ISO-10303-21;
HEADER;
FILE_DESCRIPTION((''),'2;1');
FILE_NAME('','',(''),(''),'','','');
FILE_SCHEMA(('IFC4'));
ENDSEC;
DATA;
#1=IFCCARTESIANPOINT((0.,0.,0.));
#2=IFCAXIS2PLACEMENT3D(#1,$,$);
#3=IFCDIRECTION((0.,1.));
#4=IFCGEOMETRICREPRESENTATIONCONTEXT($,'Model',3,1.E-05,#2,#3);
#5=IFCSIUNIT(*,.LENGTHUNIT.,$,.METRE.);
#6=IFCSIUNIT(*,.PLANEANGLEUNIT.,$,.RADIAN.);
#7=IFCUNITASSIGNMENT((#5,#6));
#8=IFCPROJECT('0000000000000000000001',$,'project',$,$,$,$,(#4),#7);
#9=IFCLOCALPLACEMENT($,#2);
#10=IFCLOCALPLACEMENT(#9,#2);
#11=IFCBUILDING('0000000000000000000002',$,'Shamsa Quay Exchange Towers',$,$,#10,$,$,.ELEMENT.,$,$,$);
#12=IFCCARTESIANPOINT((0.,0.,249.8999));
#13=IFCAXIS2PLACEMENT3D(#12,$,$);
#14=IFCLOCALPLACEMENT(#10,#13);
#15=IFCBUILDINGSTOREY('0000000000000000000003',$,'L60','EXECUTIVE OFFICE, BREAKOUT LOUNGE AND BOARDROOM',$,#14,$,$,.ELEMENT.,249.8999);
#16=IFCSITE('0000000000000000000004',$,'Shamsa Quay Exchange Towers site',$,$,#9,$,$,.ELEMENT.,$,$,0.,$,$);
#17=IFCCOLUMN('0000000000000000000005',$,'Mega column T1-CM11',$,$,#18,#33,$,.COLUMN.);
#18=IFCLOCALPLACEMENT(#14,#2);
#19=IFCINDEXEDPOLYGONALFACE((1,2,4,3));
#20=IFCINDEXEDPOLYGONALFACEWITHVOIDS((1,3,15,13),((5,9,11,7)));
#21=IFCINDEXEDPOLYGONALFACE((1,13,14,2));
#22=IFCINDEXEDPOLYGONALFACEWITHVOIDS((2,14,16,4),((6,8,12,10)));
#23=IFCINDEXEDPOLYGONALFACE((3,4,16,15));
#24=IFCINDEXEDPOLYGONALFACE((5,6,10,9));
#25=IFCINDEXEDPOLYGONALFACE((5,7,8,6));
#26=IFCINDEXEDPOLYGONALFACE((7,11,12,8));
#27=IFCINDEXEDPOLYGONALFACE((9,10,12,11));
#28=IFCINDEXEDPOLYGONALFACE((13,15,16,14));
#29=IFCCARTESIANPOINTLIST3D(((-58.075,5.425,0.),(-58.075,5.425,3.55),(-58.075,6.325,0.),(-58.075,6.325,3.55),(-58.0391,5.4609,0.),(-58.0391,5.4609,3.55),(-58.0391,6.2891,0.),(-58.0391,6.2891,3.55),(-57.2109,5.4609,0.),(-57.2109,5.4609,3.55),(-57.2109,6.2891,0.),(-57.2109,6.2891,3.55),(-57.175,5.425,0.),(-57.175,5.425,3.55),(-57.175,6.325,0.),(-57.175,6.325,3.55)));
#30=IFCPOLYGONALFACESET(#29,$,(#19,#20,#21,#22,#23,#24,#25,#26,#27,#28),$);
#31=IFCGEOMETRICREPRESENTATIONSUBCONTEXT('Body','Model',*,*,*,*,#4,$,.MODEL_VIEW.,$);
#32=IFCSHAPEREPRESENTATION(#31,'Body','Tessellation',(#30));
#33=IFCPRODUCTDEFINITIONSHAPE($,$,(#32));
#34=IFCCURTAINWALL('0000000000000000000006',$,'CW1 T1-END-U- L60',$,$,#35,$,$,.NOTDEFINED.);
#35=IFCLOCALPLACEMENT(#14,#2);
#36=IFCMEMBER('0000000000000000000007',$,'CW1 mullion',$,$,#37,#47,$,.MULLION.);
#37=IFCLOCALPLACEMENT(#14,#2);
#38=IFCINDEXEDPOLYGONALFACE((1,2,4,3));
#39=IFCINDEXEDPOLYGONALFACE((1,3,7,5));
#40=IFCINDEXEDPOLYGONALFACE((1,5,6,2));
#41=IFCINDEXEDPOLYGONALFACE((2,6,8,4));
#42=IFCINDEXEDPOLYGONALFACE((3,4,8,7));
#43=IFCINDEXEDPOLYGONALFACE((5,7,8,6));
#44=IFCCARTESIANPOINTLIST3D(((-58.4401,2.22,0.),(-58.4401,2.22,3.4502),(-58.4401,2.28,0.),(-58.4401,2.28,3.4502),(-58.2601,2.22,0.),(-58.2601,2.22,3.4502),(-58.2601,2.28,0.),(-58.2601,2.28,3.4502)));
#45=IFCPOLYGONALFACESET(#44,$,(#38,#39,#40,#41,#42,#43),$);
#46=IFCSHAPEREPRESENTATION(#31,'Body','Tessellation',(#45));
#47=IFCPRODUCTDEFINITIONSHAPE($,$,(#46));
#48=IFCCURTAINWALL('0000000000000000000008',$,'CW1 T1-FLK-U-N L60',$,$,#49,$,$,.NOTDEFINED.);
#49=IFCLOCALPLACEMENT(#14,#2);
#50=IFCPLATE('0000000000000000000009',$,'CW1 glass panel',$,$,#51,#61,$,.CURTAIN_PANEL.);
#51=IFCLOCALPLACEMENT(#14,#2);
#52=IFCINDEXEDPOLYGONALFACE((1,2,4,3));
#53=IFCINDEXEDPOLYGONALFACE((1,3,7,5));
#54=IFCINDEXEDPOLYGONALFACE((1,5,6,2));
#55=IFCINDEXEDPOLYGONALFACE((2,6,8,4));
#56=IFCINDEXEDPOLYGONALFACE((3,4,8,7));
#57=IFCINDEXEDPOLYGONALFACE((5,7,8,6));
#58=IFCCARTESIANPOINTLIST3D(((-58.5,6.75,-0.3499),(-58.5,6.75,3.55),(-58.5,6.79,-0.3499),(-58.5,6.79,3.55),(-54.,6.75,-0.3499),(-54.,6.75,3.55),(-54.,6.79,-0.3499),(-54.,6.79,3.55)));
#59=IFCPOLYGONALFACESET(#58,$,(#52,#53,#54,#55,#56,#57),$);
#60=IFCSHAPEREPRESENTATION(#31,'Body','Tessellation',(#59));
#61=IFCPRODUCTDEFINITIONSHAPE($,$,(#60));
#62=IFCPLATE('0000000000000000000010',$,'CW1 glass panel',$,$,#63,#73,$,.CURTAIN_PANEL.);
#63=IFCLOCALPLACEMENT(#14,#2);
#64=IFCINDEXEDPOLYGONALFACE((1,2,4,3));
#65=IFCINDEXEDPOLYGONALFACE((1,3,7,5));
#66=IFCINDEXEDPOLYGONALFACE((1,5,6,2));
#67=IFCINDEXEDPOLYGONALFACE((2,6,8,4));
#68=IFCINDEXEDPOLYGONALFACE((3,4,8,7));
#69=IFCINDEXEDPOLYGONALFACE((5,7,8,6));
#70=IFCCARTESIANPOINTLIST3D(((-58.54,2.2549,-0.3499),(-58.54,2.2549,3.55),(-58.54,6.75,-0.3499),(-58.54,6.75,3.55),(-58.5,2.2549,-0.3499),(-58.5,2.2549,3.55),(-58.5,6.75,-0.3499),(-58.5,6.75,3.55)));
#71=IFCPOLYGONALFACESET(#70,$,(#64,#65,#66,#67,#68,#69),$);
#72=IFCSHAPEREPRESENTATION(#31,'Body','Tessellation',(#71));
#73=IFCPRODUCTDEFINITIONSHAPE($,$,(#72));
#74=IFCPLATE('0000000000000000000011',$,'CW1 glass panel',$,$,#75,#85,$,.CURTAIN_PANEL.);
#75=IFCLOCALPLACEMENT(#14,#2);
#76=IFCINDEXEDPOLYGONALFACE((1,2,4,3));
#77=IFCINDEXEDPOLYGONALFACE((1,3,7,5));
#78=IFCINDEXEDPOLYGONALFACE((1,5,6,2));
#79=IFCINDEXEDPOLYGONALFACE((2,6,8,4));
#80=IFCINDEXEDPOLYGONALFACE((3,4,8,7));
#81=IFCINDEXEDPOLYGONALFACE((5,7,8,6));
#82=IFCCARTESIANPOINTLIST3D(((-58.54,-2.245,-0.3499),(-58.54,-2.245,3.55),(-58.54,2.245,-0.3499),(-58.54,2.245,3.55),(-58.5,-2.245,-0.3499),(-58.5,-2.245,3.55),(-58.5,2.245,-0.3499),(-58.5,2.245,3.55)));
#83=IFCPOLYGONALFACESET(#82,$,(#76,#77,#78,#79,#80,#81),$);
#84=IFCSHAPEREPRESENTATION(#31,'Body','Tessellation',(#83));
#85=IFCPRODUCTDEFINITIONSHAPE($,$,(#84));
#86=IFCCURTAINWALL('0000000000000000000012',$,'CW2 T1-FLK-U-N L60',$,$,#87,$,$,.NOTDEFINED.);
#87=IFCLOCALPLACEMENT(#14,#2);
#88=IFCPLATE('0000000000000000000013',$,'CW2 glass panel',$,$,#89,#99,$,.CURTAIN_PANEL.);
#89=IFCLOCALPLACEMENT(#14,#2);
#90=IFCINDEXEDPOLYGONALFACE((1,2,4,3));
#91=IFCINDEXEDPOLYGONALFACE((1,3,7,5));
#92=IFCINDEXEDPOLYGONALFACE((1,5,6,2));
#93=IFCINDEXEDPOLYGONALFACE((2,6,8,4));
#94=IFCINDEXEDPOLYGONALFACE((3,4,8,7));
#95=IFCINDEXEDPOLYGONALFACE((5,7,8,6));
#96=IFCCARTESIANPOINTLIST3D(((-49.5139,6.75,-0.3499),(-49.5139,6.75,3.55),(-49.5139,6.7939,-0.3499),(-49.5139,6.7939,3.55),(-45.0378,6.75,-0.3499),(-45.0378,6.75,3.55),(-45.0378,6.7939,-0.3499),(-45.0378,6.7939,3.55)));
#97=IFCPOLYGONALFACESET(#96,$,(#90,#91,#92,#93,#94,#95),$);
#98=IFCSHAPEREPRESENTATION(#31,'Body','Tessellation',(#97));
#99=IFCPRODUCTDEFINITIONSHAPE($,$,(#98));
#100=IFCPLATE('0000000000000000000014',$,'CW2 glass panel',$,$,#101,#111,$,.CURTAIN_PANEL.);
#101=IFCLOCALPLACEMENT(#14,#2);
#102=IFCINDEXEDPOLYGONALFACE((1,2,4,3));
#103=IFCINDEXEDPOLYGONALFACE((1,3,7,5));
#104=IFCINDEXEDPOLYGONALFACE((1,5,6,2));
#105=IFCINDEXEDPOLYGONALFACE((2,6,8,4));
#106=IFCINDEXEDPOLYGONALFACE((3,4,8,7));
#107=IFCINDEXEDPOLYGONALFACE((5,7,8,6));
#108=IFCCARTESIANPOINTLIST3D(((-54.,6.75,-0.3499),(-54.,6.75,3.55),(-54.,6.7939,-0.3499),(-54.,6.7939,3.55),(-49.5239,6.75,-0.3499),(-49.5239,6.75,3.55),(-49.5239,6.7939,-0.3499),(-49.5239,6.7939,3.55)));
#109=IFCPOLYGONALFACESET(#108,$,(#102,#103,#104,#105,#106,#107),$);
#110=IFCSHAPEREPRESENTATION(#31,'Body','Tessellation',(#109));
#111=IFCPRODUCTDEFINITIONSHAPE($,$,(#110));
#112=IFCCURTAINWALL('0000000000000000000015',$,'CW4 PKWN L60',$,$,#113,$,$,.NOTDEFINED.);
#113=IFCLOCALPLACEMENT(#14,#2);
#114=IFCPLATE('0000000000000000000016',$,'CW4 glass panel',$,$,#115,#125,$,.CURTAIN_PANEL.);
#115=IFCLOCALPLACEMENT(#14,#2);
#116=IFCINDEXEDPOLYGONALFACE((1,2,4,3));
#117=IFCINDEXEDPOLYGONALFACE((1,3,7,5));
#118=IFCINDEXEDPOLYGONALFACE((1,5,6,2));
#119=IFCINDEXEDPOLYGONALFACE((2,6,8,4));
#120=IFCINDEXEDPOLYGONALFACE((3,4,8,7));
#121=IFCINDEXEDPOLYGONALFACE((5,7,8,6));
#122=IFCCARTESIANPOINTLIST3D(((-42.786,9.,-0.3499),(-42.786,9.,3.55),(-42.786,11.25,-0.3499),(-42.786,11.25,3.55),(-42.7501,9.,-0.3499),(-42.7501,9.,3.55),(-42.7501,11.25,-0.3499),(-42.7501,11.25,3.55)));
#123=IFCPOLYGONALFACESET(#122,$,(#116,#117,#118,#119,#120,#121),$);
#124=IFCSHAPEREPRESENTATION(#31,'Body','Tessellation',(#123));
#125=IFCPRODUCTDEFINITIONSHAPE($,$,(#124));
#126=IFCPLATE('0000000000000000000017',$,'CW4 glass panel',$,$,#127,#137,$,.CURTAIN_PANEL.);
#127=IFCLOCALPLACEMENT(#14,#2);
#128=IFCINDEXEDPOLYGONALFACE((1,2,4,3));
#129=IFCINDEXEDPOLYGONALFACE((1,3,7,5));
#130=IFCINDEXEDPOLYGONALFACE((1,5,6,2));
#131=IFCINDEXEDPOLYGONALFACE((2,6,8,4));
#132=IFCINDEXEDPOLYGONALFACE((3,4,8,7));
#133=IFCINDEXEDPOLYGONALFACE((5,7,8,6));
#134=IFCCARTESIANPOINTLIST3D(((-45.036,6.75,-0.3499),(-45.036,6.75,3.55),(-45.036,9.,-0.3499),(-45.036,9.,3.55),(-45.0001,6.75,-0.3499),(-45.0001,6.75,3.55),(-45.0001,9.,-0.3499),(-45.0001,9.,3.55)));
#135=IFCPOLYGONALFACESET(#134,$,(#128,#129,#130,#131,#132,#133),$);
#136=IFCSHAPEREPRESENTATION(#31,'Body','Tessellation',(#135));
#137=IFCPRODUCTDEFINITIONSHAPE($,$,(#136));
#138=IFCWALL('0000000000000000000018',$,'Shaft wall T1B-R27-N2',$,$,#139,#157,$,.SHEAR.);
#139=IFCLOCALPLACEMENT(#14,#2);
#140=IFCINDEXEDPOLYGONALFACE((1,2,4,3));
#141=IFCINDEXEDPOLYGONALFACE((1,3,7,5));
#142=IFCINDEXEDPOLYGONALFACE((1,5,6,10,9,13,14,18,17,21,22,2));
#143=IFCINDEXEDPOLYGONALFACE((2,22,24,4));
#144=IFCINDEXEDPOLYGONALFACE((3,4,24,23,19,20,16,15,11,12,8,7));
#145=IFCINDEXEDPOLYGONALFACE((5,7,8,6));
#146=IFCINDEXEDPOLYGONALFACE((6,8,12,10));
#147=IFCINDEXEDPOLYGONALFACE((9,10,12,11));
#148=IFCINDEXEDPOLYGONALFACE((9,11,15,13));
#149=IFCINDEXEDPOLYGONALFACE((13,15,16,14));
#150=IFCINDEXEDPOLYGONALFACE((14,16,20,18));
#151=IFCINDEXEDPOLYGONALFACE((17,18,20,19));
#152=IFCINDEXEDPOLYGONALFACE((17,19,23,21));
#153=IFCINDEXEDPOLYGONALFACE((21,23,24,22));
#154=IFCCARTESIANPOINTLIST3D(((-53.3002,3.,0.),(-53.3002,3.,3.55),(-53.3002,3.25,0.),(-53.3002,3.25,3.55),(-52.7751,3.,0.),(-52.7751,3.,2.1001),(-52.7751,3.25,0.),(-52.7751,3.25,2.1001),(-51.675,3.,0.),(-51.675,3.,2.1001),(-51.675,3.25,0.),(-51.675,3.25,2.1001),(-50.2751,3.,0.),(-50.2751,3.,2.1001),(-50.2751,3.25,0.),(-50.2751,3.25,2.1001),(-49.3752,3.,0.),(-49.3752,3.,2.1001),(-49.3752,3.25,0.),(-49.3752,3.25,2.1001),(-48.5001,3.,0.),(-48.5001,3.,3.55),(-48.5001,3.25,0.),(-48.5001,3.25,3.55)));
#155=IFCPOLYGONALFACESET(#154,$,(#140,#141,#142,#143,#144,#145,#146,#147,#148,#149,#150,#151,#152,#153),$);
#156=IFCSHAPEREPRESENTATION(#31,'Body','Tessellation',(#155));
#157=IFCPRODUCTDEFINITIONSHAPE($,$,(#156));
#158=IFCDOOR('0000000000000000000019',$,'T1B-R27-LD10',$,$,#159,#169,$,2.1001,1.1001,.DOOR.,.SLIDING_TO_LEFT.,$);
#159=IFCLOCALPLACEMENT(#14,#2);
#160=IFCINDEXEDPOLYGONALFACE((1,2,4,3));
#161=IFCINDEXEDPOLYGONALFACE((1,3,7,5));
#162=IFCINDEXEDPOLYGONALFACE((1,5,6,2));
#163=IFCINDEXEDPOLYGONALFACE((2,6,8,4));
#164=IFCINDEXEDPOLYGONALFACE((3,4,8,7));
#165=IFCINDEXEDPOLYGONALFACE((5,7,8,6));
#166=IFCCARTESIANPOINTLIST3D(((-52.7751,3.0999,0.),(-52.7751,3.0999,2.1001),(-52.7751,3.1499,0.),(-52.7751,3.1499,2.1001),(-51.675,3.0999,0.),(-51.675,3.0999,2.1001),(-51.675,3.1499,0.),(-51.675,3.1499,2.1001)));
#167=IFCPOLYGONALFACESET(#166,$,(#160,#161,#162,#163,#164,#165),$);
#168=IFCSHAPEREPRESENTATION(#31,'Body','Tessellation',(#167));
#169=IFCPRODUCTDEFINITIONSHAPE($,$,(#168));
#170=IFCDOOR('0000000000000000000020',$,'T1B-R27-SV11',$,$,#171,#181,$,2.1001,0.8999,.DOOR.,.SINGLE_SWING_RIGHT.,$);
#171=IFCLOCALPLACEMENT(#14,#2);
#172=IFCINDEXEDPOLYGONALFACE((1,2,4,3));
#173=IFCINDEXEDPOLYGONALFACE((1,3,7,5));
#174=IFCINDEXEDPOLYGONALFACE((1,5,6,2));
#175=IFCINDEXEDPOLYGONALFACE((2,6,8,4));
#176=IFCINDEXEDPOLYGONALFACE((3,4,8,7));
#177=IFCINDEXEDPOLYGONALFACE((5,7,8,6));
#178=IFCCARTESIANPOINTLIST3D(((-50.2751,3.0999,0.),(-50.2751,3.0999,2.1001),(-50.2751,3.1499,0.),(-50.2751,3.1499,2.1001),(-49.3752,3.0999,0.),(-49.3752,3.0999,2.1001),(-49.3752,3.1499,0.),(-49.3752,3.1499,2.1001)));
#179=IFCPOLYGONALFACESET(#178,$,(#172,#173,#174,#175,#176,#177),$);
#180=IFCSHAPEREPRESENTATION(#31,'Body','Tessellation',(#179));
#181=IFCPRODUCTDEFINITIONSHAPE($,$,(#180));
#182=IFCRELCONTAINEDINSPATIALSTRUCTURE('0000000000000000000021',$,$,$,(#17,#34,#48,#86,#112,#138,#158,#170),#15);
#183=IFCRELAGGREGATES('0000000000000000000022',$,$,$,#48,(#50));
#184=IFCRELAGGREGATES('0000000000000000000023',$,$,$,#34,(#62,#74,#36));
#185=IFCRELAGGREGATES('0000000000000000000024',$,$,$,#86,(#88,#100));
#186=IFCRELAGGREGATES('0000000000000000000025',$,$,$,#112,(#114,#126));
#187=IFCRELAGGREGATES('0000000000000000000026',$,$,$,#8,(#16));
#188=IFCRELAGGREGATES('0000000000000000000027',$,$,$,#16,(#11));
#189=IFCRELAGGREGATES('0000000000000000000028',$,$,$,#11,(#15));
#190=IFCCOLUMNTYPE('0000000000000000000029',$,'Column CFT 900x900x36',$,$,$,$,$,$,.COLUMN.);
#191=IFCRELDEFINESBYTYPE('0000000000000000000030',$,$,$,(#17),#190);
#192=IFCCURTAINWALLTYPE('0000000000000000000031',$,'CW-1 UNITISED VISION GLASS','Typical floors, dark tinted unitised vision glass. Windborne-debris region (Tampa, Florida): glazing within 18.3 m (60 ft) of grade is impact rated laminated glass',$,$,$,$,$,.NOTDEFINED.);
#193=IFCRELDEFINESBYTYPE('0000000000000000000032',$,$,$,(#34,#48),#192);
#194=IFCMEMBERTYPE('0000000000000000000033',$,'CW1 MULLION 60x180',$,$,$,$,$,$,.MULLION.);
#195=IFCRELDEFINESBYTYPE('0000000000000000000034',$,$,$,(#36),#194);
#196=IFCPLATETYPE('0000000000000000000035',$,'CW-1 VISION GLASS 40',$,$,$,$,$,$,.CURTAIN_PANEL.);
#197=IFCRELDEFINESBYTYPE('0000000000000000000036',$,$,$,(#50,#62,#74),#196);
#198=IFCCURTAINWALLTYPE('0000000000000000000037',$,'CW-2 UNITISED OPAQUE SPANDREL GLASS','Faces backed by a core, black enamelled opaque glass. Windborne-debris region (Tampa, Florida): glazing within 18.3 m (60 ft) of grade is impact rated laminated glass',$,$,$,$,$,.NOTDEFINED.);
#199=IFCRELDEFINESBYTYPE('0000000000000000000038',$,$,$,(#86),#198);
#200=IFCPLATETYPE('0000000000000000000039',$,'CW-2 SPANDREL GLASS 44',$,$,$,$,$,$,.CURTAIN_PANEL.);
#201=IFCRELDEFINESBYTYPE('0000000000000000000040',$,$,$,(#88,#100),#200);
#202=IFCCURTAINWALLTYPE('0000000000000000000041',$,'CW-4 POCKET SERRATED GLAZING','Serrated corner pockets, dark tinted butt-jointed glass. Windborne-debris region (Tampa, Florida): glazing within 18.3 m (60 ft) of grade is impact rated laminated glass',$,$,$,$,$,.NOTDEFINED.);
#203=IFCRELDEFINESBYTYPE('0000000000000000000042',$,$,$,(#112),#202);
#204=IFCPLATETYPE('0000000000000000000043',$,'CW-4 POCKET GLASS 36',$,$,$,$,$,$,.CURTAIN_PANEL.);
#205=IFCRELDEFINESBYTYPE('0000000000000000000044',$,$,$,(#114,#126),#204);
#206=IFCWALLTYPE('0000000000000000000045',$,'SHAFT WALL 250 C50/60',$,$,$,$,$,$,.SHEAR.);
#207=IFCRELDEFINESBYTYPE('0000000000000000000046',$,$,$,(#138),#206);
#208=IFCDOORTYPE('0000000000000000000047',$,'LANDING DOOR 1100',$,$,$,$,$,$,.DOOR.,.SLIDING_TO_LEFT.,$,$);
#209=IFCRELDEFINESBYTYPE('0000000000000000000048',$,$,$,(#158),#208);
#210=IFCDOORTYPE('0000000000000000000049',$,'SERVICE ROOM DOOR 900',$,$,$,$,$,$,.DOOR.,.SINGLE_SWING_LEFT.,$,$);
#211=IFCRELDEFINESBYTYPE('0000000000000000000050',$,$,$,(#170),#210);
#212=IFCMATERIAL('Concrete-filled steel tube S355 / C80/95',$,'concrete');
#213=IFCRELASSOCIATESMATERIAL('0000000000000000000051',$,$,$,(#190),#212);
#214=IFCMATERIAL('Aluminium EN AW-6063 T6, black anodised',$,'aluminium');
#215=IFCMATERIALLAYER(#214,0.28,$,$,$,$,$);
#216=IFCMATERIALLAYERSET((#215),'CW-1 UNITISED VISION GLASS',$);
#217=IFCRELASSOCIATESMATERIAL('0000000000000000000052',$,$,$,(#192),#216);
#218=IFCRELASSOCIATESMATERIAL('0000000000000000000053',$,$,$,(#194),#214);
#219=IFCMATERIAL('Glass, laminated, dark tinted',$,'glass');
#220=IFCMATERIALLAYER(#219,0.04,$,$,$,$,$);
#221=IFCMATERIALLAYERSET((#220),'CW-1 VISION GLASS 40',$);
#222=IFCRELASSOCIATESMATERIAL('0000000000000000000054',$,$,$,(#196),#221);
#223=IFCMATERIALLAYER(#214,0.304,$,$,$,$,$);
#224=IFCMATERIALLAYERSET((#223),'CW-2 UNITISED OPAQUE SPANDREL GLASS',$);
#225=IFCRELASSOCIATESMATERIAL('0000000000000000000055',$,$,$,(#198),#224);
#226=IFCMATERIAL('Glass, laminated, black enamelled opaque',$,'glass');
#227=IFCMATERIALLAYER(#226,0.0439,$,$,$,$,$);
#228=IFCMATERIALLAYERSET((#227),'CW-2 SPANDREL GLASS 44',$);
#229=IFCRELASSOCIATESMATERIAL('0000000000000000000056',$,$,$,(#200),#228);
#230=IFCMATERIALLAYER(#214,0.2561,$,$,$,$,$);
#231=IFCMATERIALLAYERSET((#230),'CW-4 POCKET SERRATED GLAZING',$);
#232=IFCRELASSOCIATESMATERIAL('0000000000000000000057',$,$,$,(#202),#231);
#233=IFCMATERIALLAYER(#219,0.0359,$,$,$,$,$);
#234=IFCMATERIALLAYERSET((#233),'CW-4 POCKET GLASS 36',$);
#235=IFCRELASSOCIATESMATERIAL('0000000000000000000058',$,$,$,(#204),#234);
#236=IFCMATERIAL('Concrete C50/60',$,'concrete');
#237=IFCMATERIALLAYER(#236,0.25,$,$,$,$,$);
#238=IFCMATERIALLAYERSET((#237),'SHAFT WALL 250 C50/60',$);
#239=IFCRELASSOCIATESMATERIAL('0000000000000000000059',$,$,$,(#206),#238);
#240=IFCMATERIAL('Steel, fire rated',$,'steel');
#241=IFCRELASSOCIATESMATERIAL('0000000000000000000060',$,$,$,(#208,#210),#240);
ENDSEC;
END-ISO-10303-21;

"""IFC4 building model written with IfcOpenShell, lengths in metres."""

from ifc_helpers import new_model, si_unit, direction, frame, frame_2d, origin, origin_2d, place, context, subcontext, project, spatial, rectangle, hollow_rectangle, extrude, material, layer, layer_set, material_profile, profile_set, type_object, element, fill, aggregate, save


model = new_model("IFC4")

# Units and contexts
model_context = context("Model", 3, precision=1e-05, world=origin(), true_north=direction((0.0, 1.0)))
body_context = subcontext(model_context, "Body", "Model", "MODEL_VIEW")
ifc_project = project(units=[si_unit("LENGTHUNIT", "METRE"), si_unit("PLANEANGLEUNIT", "RADIAN")], contexts=[model_context])

# Site, building, storey
site_placement = place(None, origin())
site = spatial("IfcSite", under=ifc_project, at=site_placement, Name="Shamsa Quay Exchange Towers site", CompositionType="ELEMENT", RefElevation=0.0)
building_placement = place(site_placement, origin())
building = spatial("IfcBuilding", under=site, at=building_placement, Name="Shamsa Quay Exchange Towers", CompositionType="ELEMENT")
storey_placement = place(building_placement, frame((0.0, 0.0, 249.8999)))
storey = spatial("IfcBuildingStorey", under=building, at=storey_placement, Name="L60", Description="EXECUTIVE OFFICE, BREAKOUT LOUNGE AND BOARDROOM", CompositionType="ELEMENT", Elevation=249.8999)

# Column
ifc_material_1 = material(Name="Concrete-filled steel tube S355 / C80/95", Category="concrete")
ifc_material_profile_1 = material_profile(ifc_material_1, hollow_rectangle(XDim=0.8999, YDim=0.8999, WallThickness=0.0359, at=origin_2d()), Name="CFT 900x900x36")
ifc_profile_set_1 = profile_set([ifc_material_profile_1], Name="Concrete-filled steel tube S355 / C80/95")
column_type = type_object("IfcColumnType", Name="Column CFT 900x900x36", PredefinedType="COLUMN", material=ifc_profile_set_1)
column_placement = place(storey_placement, frame((-57.625, 5.875, 0.0)))
element("IfcColumn", 1, at=column_placement, inside=storey, type_object=column_type, Name="Mega column T1-CM11", PredefinedType="COLUMN", context=body_context, shape_type="SweptSolid", body=[
    extrude(hollow_rectangle(XDim=0.8999, YDim=0.8999, WallThickness=0.0359, at=origin_2d()), origin(), (0.0, 0.0, 1.0), 3.55),
])

# Curtain wall, member
ifc_material_2 = material(Name="Aluminium EN AW-6063 T6, black anodised", Category="aluminium")
ifc_layer_1 = layer(ifc_material_2, 0.28)
ifc_layer_set_1 = layer_set([ifc_layer_1], Name="CW-1 UNITISED VISION GLASS")
curtain_wall_type_1 = type_object("IfcCurtainWallType", Name="CW-1 UNITISED VISION GLASS", Description="Typical floors, dark tinted unitised vision glass. Windborne-debris region (Tampa, Florida): glazing within 18.3 m (60 ft) of grade is impact rated laminated glass", PredefinedType="NOTDEFINED", material=ifc_layer_set_1)
curtain_wall_1_placement = place(storey_placement, origin())
curtain_wall_1 = element("IfcCurtainWall", 2, at=curtain_wall_1_placement, inside=storey, type_object=curtain_wall_type_1, Name="CW1 T1-END-U- L60", PredefinedType="NOTDEFINED")
ifc_material_profile_2 = material_profile(ifc_material_2, rectangle(XDim=0.1799, YDim=0.0601, at=origin_2d()), Name="MU60x180")
ifc_profile_set_2 = profile_set([ifc_material_profile_2], Name="Aluminium EN AW-6063 T6, black anodised")
member_type = type_object("IfcMemberType", Name="CW1 MULLION 60x180", PredefinedType="MULLION", material=ifc_profile_set_2)
member_placement = place(storey_placement, frame((-58.3501, 2.25, 0.0)))
member = element("IfcMember", 3, at=member_placement, type_object=member_type, Name="CW1 mullion", PredefinedType="MULLION", context=body_context, shape_type="SweptSolid", body=[
    extrude(rectangle(XDim=0.1799, YDim=0.0601, at=origin_2d()), origin(), (0.0, 0.0, 1.0), 3.4502),
])

# Curtain wall, plate
curtain_wall_2_placement = place(storey_placement, origin())
curtain_wall_2 = element("IfcCurtainWall", 4, at=curtain_wall_2_placement, inside=storey, type_object=curtain_wall_type_1, Name="CW1 T1-FLK-U-N L60", PredefinedType="NOTDEFINED")
ifc_material_3 = material(Name="Glass, laminated, dark tinted", Category="glass")
ifc_layer_2 = layer(ifc_material_3, 0.04)
ifc_layer_set_2 = layer_set([ifc_layer_2], Name="CW-1 VISION GLASS 40")
plate_type_1 = type_object("IfcPlateType", Name="CW-1 VISION GLASS 40", PredefinedType="CURTAIN_PANEL", material=ifc_layer_set_2)
plate_1_placement = place(storey_placement, frame((-56.25, 6.77, -0.3499), z_axis=(0.0, 0.0, 1.0), x_axis=(-1.0, 0.0, 0.0)))
plate_1 = element("IfcPlate", 5, at=plate_1_placement, type_object=plate_type_1, Name="CW1 glass panel", PredefinedType="CURTAIN_PANEL", context=body_context, shape_type="SweptSolid", body=[
    extrude(rectangle(XDim=4.5, YDim=0.04, at=origin_2d()), origin(), (0.0, 0.0, 1.0), 3.8999),
])
aggregate(curtain_wall_2, [plate_1])

# Plates
plate_2_placement = place(storey_placement, frame((-58.52, 4.5024, -0.3499), z_axis=(0.0, 0.0, 1.0), x_axis=(0.0, -1.0, 0.0)))
plate_2 = element("IfcPlate", 6, at=plate_2_placement, type_object=plate_type_1, Name="CW1 glass panel", PredefinedType="CURTAIN_PANEL", context=body_context, shape_type="SweptSolid", body=[
    extrude(rectangle(XDim=4.4951, YDim=0.04, at=origin_2d()), origin(), (0.0, 0.0, 1.0), 3.8999),
])
plate_3_placement = place(storey_placement, frame((-58.52, 0.0, -0.3499), z_axis=(0.0, 0.0, 1.0), x_axis=(0.0, -1.0, 0.0)))
plate_3 = element("IfcPlate", 7, at=plate_3_placement, type_object=plate_type_1, Name="CW1 glass panel", PredefinedType="CURTAIN_PANEL", context=body_context, shape_type="SweptSolid", body=[
    extrude(rectangle(XDim=4.49, YDim=0.04, at=origin_2d()), origin(), (0.0, 0.0, 1.0), 3.8999),
])
aggregate(curtain_wall_1, [plate_2, plate_3, member])

# Curtain walls, plates
ifc_layer_3 = layer(ifc_material_2, 0.304)
ifc_layer_set_3 = layer_set([ifc_layer_3], Name="CW-2 UNITISED OPAQUE SPANDREL GLASS")
curtain_wall_type_2 = type_object("IfcCurtainWallType", Name="CW-2 UNITISED OPAQUE SPANDREL GLASS", Description="Faces backed by a core, black enamelled opaque glass. Windborne-debris region (Tampa, Florida): glazing within 18.3 m (60 ft) of grade is impact rated laminated glass", PredefinedType="NOTDEFINED", material=ifc_layer_set_3)
curtain_wall_3_placement = place(storey_placement, origin())
curtain_wall_3 = element("IfcCurtainWall", 8, at=curtain_wall_3_placement, inside=storey, type_object=curtain_wall_type_2, Name="CW2 T1-FLK-U-N L60", PredefinedType="NOTDEFINED")
ifc_material_4 = material(Name="Glass, laminated, black enamelled opaque", Category="glass")
ifc_layer_4 = layer(ifc_material_4, 0.0439)
ifc_layer_set_4 = layer_set([ifc_layer_4], Name="CW-2 SPANDREL GLASS 44")
plate_type_2 = type_object("IfcPlateType", Name="CW-2 SPANDREL GLASS 44", PredefinedType="CURTAIN_PANEL", material=ifc_layer_set_4)
plate_4_placement = place(storey_placement, frame((-47.2759, 6.772, -0.3499), z_axis=(0.0, 0.0, 1.0), x_axis=(-1.0, 0.0, 0.0)))
plate_4 = element("IfcPlate", 9, at=plate_4_placement, type_object=plate_type_2, Name="CW2 glass panel", PredefinedType="CURTAIN_PANEL", context=body_context, shape_type="SweptSolid", body=[
    extrude(rectangle(XDim=4.4761, YDim=0.0439, at=origin_2d()), origin(), (0.0, 0.0, 1.0), 3.8999),
])
plate_5_placement = place(storey_placement, frame((-51.762, 6.772, -0.3499), z_axis=(0.0, 0.0, 1.0), x_axis=(-1.0, 0.0, 0.0)))
plate_5 = element("IfcPlate", 10, at=plate_5_placement, type_object=plate_type_2, Name="CW2 glass panel", PredefinedType="CURTAIN_PANEL", context=body_context, shape_type="SweptSolid", body=[
    extrude(rectangle(XDim=4.4761, YDim=0.0439, at=origin_2d()), origin(), (0.0, 0.0, 1.0), 3.8999),
])
aggregate(curtain_wall_3, [plate_4, plate_5])
ifc_layer_5 = layer(ifc_material_2, 0.2561)
ifc_layer_set_5 = layer_set([ifc_layer_5], Name="CW-4 POCKET SERRATED GLAZING")
curtain_wall_type_3 = type_object("IfcCurtainWallType", Name="CW-4 POCKET SERRATED GLAZING", Description="Serrated corner pockets, dark tinted butt-jointed glass. Windborne-debris region (Tampa, Florida): glazing within 18.3 m (60 ft) of grade is impact rated laminated glass", PredefinedType="NOTDEFINED", material=ifc_layer_set_5)
curtain_wall_4_placement = place(storey_placement, origin())
curtain_wall_4 = element("IfcCurtainWall", 11, at=curtain_wall_4_placement, inside=storey, type_object=curtain_wall_type_3, Name="CW4 PKWN L60", PredefinedType="NOTDEFINED")
ifc_layer_6 = layer(ifc_material_3, 0.0359)
ifc_layer_set_6 = layer_set([ifc_layer_6], Name="CW-4 POCKET GLASS 36")
plate_type_3 = type_object("IfcPlateType", Name="CW-4 POCKET GLASS 36", PredefinedType="CURTAIN_PANEL", material=ifc_layer_set_6)
plate_6_placement = place(storey_placement, frame((-42.7681, 10.125, -0.3499), z_axis=(0.0, 0.0, 1.0), x_axis=(0.0, -1.0, 0.0)))
plate_6 = element("IfcPlate", 12, at=plate_6_placement, type_object=plate_type_3, Name="CW4 glass panel", PredefinedType="CURTAIN_PANEL", context=body_context, shape_type="SweptSolid", body=[
    extrude(rectangle(XDim=2.25, YDim=0.0359, at=origin_2d()), origin(), (0.0, 0.0, 1.0), 3.8999),
])
plate_7_placement = place(storey_placement, frame((-45.0181, 7.875, -0.3499), z_axis=(0.0, 0.0, 1.0), x_axis=(0.0, -1.0, 0.0)))
plate_7 = element("IfcPlate", 13, at=plate_7_placement, type_object=plate_type_3, Name="CW4 glass panel", PredefinedType="CURTAIN_PANEL", context=body_context, shape_type="SweptSolid", body=[
    extrude(rectangle(XDim=2.25, YDim=0.0359, at=origin_2d()), origin(), (0.0, 0.0, 1.0), 3.8999),
])
aggregate(curtain_wall_4, [plate_6, plate_7])

# Wall, openings, doors
ifc_material_5 = material(Name="Concrete C50/60", Category="concrete")
ifc_layer_7 = layer(ifc_material_5, 0.25)
ifc_layer_set_7 = layer_set([ifc_layer_7], Name="SHAFT WALL 250 C50/60")
wall_type_1 = type_object("IfcWallType", Name="SHAFT WALL 250 C50/60", PredefinedType="SHEAR", material=ifc_layer_set_7)
wall_1_placement = place(storey_placement, frame((-53.3, 3.125, 0.0)))
wall_1 = element("IfcWall", 14, at=wall_1_placement, inside=storey, type_object=wall_type_1, Name="Shaft wall T1B-R27-N2", PredefinedType="SHEAR", context=body_context, shape_type="SweptSolid", body=[
    extrude(rectangle(XDim=4.8, YDim=0.25, at=frame_2d((2.3999, 0.0))), origin(), (0.0, 0.0, 1.0), 3.55),
])
opening_1_placement = place(wall_1_placement, frame((0.5249, 0.0, 0.0)))
opening_1 = element("IfcOpeningElement", 15, at=opening_1_placement, cuts=wall_1, PredefinedType="OPENING", context=body_context, shape_type="SweptSolid", body=[
    extrude(rectangle(XDim=1.1001, YDim=2.1001, at=frame_2d((0.55, 1.05))), frame((0.0, 0.135, 0.0), z_axis=(0.0, -1.0, 0.0), x_axis=(1.0, 0.0, 0.0)), (0.0, 0.0, 1.0), 0.27),
])
opening_2_placement = place(wall_1_placement, frame((3.0249, 0.0, 0.0)))
opening_2 = element("IfcOpeningElement", 16, at=opening_2_placement, cuts=wall_1, PredefinedType="OPENING", context=body_context, shape_type="SweptSolid", body=[
    extrude(rectangle(XDim=0.8999, YDim=2.1001, at=frame_2d((0.45, 1.05))), frame((0.0, 0.135, 0.0), z_axis=(0.0, -1.0, 0.0), x_axis=(1.0, 0.0, 0.0)), (0.0, 0.0, 1.0), 0.27),
])
ifc_material_6 = material(Name="Steel, fire rated", Category="steel")
door_type_1 = type_object("IfcDoorType", Name="LANDING DOOR 1100", OperationType="SLIDING_TO_LEFT", PredefinedType="DOOR", material=ifc_material_6)
door_1_placement = place(opening_1_placement, origin())
door_1 = element("IfcDoor", 17, at=door_1_placement, inside=storey, type_object=door_type_1, Name="T1B-R27-LD10", OperationType="SLIDING_TO_LEFT", OverallHeight=2.1001, OverallWidth=1.1001, PredefinedType="DOOR", context=body_context, shape_type="SweptSolid", body=[
    extrude(rectangle(XDim=1.1001, YDim=2.1001, at=frame_2d((0.55, 1.05))), frame((0.0, 0.0249, 0.0), z_axis=(0.0, -1.0, 0.0), x_axis=(1.0, 0.0, 0.0)), (0.0, 0.0, 1.0), 0.05),
])
fill(opening_1, door_1)
door_type_2 = type_object("IfcDoorType", Name="SERVICE ROOM DOOR 900", OperationType="SINGLE_SWING_LEFT", PredefinedType="DOOR", material=ifc_material_6)
door_2_placement = place(opening_2_placement, origin())
door_2 = element("IfcDoor", 18, at=door_2_placement, inside=storey, type_object=door_type_2, Name="T1B-R27-SV11", OperationType="SINGLE_SWING_RIGHT", OverallHeight=2.1001, OverallWidth=0.8999, PredefinedType="DOOR", context=body_context, shape_type="SweptSolid", body=[
    extrude(rectangle(XDim=0.8999, YDim=2.1001, at=frame_2d((0.45, 1.05))), frame((0.0, 0.0249, 0.0), z_axis=(0.0, -1.0, 0.0), x_axis=(1.0, 0.0, 0.0)), (0.0, 0.0, 1.0), 0.05),
])
fill(opening_2, door_2)

save(model, "model.ifc")
